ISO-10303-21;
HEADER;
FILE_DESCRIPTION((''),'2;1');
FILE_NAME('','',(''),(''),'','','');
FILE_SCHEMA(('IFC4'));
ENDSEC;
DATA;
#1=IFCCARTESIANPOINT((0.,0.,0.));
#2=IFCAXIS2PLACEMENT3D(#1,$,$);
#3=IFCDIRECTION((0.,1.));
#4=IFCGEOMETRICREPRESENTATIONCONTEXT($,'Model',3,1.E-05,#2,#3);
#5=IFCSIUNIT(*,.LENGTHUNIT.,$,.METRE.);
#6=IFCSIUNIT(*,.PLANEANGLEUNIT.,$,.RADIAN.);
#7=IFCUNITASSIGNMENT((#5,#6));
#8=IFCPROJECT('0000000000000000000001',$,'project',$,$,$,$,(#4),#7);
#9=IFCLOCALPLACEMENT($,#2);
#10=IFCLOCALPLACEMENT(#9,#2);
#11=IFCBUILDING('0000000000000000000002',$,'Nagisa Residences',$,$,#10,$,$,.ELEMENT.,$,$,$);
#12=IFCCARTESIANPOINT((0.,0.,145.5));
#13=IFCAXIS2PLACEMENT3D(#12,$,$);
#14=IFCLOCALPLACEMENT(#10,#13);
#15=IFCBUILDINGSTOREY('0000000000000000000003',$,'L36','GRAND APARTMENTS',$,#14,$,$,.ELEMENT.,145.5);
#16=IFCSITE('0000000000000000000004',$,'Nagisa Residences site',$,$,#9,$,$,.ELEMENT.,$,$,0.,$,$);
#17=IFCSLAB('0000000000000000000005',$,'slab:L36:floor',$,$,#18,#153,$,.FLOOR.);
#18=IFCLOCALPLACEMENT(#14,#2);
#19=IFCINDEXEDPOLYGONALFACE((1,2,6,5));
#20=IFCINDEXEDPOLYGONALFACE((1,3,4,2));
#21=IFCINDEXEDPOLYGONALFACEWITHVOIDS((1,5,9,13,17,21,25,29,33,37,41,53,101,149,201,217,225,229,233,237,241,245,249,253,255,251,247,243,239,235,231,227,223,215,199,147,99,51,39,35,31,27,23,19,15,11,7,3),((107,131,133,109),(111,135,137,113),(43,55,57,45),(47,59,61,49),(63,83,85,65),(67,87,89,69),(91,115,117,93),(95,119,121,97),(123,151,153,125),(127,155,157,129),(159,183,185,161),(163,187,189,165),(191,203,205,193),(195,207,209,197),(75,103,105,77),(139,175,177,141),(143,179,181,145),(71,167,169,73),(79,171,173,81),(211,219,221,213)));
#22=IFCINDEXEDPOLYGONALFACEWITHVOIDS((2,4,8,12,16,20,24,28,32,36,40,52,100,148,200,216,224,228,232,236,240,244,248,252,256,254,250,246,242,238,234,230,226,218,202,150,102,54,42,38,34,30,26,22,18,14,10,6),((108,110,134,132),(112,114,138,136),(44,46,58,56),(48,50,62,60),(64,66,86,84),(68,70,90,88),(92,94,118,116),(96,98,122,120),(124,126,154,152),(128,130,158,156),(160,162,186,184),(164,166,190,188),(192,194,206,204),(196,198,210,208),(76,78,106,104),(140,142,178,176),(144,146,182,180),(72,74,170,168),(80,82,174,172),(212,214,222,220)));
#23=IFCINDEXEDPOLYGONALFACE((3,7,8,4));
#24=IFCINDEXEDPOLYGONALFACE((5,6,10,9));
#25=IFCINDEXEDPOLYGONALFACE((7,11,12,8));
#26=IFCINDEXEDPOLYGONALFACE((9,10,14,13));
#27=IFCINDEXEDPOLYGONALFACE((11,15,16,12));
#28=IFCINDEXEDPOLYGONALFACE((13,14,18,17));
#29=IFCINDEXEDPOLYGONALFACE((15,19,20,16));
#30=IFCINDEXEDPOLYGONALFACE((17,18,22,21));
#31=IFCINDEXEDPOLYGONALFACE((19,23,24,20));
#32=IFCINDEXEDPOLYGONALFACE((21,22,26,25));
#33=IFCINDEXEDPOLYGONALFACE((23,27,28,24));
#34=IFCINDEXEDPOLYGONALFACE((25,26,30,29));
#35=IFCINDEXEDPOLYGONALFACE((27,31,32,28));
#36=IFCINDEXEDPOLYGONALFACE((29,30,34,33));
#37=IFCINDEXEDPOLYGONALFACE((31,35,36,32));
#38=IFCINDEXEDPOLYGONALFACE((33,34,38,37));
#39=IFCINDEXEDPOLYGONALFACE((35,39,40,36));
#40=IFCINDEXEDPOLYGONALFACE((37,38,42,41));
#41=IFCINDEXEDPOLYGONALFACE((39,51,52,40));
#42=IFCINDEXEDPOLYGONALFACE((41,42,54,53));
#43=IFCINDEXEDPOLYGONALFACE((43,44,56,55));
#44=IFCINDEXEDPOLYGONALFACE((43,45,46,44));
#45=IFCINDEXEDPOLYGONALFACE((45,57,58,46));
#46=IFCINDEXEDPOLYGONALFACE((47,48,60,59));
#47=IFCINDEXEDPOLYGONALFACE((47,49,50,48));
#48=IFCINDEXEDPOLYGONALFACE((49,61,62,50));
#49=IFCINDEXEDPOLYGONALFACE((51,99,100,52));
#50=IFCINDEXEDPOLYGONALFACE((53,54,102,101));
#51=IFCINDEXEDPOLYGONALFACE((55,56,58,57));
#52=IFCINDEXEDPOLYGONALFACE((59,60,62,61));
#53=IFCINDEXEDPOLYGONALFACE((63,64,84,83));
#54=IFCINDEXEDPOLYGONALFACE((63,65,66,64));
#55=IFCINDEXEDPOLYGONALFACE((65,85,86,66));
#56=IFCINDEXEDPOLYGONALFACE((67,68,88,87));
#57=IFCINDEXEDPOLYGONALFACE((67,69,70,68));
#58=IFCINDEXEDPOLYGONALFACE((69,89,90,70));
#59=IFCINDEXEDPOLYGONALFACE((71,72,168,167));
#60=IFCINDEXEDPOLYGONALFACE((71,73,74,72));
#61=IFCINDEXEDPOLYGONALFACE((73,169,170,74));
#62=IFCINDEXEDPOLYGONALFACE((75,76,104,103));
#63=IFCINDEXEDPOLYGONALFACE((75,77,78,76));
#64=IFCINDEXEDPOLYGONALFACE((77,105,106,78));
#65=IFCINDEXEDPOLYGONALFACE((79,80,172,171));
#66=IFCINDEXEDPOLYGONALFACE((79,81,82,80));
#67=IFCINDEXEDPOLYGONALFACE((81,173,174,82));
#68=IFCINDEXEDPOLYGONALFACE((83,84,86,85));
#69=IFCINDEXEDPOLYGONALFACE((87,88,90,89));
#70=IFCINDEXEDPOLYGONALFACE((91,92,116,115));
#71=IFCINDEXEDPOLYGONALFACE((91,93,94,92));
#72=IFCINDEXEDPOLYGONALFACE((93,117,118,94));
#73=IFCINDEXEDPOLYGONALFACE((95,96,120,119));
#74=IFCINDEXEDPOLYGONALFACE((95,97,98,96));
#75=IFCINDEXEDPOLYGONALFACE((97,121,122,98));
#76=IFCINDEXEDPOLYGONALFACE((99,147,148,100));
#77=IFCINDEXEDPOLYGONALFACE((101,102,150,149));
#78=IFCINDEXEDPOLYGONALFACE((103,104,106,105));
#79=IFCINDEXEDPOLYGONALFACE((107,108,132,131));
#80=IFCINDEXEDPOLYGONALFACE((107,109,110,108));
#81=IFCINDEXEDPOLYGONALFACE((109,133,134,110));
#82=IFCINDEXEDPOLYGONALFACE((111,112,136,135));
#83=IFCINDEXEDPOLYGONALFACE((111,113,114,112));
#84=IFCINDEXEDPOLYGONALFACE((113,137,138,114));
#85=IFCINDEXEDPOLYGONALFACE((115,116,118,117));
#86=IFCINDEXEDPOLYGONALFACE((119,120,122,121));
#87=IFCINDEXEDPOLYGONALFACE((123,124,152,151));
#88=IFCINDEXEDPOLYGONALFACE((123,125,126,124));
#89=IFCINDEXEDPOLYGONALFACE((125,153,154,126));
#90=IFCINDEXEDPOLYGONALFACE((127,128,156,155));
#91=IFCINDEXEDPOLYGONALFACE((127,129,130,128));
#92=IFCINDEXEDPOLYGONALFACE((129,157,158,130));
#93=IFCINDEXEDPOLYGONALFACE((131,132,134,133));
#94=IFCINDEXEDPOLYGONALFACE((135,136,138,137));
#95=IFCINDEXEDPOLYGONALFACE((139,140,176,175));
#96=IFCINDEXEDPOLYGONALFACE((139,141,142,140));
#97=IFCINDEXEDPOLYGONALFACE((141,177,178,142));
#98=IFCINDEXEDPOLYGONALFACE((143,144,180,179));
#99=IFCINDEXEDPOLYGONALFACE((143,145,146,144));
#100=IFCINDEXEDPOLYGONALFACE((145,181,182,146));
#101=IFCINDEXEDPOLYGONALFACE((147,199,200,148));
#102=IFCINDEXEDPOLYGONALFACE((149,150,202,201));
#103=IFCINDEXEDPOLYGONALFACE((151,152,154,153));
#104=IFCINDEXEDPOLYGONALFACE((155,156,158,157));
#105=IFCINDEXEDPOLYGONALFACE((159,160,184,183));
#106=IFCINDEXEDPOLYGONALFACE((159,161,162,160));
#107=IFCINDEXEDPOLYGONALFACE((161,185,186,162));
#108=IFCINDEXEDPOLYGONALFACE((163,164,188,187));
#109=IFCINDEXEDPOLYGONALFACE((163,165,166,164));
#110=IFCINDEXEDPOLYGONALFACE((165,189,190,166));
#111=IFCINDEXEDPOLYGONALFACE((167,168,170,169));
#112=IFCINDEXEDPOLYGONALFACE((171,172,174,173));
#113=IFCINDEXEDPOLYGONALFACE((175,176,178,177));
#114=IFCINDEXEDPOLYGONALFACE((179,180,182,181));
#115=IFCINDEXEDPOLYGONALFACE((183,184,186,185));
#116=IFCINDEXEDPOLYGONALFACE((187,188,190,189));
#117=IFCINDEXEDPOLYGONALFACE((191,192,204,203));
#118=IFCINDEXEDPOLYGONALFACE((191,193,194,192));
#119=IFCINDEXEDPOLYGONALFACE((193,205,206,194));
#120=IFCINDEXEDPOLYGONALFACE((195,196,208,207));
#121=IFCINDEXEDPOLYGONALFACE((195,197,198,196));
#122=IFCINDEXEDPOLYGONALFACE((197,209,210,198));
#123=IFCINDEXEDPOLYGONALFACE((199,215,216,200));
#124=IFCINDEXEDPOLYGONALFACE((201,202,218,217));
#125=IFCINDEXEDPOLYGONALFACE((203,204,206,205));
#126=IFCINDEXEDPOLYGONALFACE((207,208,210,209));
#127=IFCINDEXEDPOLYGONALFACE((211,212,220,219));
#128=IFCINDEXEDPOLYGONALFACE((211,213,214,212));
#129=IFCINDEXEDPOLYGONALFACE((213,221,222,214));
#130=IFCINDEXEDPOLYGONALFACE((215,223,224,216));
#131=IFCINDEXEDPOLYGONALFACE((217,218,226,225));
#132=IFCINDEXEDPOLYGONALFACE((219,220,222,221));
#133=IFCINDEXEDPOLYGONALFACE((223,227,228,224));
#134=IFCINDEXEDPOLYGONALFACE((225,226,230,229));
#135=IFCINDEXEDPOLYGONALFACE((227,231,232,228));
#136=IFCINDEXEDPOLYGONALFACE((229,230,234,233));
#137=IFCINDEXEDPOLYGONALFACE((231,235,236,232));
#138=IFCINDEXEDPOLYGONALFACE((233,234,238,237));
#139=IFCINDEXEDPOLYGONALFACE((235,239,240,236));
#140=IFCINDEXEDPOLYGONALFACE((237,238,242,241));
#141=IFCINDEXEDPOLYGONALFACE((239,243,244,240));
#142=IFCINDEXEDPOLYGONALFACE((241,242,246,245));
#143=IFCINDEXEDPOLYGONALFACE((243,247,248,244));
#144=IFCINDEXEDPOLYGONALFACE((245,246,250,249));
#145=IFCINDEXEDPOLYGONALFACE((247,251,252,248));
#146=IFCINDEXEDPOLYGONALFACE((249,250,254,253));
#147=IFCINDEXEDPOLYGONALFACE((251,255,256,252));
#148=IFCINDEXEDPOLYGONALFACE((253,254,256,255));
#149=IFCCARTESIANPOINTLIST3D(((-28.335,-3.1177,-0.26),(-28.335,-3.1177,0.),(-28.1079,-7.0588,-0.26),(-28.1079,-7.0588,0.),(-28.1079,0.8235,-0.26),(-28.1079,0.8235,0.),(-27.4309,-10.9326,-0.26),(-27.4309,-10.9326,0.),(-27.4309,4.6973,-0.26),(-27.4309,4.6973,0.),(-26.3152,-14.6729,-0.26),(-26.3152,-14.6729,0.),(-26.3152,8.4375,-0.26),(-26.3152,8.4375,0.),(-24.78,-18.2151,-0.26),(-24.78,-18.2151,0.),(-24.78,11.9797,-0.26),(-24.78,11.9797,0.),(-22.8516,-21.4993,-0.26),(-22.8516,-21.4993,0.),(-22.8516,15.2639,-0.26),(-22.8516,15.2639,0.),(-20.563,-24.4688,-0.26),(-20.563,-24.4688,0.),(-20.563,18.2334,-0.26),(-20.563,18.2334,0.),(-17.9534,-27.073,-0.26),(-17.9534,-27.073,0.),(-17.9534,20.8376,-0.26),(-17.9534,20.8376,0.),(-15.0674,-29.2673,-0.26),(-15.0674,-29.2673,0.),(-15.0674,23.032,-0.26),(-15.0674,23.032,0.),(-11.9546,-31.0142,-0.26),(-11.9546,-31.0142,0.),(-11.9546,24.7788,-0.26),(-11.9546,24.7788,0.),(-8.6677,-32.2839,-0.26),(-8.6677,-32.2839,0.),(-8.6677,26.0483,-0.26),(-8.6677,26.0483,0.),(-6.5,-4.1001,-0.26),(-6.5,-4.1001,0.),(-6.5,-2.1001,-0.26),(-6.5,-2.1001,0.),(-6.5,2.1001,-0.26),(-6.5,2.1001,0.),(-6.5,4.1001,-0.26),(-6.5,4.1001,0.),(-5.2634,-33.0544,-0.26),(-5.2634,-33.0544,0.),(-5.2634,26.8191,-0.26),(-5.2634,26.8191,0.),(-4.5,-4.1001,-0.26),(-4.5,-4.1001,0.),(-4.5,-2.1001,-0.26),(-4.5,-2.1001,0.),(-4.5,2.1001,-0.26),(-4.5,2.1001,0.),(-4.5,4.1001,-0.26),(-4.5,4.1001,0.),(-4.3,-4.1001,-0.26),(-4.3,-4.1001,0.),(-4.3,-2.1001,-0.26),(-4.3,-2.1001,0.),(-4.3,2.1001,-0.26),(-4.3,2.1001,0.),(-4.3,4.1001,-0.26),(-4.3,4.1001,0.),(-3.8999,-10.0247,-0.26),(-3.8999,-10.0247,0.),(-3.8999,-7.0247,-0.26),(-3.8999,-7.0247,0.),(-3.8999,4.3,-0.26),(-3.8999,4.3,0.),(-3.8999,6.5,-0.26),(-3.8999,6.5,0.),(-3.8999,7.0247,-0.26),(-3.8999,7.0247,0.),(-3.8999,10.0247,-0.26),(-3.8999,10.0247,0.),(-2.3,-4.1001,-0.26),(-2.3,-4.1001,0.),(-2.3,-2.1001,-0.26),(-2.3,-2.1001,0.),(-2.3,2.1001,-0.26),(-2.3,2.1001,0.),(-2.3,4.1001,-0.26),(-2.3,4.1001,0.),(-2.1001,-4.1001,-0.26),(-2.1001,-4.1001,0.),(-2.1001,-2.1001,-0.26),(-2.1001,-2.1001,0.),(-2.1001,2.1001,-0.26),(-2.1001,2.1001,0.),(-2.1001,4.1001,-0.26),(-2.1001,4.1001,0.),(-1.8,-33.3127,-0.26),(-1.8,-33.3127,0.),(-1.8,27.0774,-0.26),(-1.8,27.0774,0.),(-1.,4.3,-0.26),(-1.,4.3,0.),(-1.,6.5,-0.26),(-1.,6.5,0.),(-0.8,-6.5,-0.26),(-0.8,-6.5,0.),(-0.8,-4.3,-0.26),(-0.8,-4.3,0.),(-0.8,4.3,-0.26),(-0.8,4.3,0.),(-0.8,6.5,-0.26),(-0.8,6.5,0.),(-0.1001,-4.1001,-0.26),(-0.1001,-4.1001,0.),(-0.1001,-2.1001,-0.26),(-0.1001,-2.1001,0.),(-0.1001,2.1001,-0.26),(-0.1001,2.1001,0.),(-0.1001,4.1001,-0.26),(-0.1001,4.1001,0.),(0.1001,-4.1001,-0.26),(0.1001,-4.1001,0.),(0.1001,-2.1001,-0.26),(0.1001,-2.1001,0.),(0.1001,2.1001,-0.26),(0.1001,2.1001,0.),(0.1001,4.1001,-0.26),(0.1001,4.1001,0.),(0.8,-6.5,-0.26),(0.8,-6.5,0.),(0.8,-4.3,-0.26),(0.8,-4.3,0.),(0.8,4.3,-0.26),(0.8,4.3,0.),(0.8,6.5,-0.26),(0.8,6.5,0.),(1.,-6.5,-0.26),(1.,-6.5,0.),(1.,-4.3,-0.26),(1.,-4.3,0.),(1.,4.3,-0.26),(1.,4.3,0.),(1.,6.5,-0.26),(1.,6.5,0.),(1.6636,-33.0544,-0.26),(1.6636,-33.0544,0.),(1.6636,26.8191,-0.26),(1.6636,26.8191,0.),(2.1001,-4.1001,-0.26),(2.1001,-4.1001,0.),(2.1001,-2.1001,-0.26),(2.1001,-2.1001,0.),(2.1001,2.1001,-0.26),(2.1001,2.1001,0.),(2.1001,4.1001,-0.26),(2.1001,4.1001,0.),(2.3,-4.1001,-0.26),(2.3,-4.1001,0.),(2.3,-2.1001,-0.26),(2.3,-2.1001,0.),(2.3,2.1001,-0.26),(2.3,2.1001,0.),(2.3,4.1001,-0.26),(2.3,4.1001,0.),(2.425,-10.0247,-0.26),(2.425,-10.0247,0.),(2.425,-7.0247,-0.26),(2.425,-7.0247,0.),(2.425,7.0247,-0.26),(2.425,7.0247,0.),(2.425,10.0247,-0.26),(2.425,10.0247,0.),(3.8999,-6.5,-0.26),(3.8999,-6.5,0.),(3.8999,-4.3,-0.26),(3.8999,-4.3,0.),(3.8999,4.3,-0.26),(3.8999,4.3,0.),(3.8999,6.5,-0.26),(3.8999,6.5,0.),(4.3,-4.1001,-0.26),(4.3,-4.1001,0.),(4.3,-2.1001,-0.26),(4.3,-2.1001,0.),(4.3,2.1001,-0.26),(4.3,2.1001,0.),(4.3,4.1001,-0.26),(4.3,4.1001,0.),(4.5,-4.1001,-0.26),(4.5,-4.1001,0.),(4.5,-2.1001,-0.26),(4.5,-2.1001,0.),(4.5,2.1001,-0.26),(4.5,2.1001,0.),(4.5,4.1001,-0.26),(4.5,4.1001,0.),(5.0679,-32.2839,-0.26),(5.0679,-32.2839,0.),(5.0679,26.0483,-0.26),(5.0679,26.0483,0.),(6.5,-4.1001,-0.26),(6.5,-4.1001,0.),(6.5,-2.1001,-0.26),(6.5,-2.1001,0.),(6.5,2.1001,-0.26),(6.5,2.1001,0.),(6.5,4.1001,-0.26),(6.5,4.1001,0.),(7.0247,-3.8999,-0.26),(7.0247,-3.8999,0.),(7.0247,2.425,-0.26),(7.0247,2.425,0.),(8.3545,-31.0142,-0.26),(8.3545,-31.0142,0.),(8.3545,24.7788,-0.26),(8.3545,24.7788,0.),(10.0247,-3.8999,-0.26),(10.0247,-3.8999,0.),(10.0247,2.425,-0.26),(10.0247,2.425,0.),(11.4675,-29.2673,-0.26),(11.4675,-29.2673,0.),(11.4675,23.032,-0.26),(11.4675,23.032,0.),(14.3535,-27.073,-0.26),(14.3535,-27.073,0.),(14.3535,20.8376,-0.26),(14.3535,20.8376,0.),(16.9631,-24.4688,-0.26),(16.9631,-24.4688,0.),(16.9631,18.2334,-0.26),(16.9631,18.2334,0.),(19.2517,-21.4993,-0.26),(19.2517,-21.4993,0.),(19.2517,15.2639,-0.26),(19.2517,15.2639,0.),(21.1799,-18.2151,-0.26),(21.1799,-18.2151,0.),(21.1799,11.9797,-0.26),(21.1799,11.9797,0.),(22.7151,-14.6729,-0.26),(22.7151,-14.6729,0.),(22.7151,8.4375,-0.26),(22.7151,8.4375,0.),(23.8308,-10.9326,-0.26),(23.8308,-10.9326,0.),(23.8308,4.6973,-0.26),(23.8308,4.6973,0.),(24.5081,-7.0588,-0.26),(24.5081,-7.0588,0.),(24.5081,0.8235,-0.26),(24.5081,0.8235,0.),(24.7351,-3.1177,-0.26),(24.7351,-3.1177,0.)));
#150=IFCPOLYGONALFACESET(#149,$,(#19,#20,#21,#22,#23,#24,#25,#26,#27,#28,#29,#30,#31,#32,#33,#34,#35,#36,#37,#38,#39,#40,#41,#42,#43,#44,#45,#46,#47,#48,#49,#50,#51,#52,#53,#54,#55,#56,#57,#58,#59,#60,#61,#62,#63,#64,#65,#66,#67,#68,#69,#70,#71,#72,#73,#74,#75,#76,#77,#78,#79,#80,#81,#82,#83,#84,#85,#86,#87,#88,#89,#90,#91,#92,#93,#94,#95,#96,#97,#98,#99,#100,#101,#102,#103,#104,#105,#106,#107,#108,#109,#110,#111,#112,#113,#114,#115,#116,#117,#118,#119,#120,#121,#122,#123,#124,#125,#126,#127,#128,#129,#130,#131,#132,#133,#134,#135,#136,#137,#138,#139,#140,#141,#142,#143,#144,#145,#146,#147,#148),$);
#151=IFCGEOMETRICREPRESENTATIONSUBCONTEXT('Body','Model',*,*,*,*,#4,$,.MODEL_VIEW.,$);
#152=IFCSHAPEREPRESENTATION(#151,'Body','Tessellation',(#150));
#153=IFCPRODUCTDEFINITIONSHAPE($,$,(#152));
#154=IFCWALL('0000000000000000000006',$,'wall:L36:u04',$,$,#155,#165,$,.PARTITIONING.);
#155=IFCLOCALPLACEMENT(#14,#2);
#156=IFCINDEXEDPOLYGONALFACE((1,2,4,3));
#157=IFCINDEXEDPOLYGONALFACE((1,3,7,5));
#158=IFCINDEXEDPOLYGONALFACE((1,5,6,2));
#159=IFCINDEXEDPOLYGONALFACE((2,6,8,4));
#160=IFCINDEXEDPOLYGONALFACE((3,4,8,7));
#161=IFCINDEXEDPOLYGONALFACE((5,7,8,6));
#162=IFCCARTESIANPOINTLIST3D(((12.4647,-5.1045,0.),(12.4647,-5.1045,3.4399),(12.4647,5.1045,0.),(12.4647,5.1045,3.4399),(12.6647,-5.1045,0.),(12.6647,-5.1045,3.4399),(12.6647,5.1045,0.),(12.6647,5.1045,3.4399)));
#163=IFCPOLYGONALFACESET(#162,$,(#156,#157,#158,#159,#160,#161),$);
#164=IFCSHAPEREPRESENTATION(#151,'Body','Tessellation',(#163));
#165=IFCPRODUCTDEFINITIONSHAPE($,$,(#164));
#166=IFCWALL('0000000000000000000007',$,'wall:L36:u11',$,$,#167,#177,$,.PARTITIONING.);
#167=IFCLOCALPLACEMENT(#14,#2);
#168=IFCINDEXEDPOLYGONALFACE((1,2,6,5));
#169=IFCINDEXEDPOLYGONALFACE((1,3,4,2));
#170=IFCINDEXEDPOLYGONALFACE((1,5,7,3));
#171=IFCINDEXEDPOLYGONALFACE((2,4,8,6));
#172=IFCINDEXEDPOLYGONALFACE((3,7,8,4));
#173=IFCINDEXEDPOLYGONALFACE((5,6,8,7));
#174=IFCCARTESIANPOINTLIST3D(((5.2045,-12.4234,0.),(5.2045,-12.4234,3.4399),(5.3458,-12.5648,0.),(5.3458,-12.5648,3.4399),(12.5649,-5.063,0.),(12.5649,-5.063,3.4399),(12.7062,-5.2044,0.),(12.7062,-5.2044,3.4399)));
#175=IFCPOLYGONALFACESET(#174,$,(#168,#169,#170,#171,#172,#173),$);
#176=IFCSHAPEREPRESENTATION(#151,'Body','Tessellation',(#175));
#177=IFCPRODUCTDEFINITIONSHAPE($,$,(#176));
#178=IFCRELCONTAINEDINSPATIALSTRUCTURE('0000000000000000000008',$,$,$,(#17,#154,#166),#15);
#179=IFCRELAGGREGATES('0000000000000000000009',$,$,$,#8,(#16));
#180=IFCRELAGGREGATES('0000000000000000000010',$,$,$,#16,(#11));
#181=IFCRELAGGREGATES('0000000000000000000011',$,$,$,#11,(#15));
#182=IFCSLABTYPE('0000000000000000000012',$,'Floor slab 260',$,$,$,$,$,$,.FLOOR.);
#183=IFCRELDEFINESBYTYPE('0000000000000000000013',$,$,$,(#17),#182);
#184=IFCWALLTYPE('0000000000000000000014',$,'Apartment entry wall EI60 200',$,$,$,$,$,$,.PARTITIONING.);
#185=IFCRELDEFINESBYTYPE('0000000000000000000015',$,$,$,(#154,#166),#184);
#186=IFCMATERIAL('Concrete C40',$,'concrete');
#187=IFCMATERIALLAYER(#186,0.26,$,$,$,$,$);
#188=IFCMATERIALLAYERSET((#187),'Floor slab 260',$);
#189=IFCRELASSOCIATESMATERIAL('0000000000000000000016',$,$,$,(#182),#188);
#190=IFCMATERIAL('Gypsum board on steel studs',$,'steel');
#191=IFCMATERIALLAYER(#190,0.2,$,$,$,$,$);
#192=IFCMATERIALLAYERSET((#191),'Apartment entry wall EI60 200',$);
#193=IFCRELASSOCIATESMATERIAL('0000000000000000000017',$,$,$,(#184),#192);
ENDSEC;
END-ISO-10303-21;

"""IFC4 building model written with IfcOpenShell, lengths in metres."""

from ifc_helpers import new_model, si_unit, direction, frame, frame_2d, origin, place, context, subcontext, project, spatial, polyline, rectangle, outline, extrude, material, layer, layer_set, type_object, element, save


model = new_model("IFC4")

# Units and contexts
model_context = context("Model", 3, precision=1e-05, world=origin(), true_north=direction((0.0, 1.0)))
body_context = subcontext(model_context, "Body", "Model", "MODEL_VIEW")
ifc_project = project(units=[si_unit("LENGTHUNIT", "METRE"), si_unit("PLANEANGLEUNIT", "RADIAN")], contexts=[model_context])

# Site, building, storey
site_placement = place(None, origin())
site = spatial("IfcSite", under=ifc_project, at=site_placement, Name="Nagisa Residences site", CompositionType="ELEMENT", RefElevation=0.0)
building_placement = place(site_placement, origin())
building = spatial("IfcBuilding", under=site, at=building_placement, Name="Nagisa Residences", CompositionType="ELEMENT")
storey_placement = place(building_placement, frame((0.0, 0.0, 145.5)))
storey = spatial("IfcBuildingStorey", under=building, at=storey_placement, Name="L36", Description="GRAND APARTMENTS", CompositionType="ELEMENT", Elevation=145.5)

# Slab
ifc_material_1 = material(Name="Concrete C40", Category="concrete")
ifc_layer_1 = layer(ifc_material_1, 0.26)
ifc_layer_set_1 = layer_set([ifc_layer_1], Name="Floor slab 260")
slab_type_1 = type_object("IfcSlabType", Name="Floor slab 260", PredefinedType="FLOOR", material=ifc_layer_set_1)
slab_1_placement = place(storey_placement, frame((0.0, 0.0, -0.26)))
element("IfcSlab", 1, at=slab_1_placement, inside=storey, type_object=slab_type_1, Name="slab:L36:floor", PredefinedType="FLOOR", context=body_context, shape_type="SweptSolid", body=[
    extrude(outline(polyline([(24.7351, -3.1177), (24.5081, 0.8235), (23.8308, 4.6973), (22.7151, 8.4375), (21.1799, 11.9797), (19.2517, 15.2639), (16.9631, 18.2334), (14.3535, 20.8376), (11.4675, 23.032), (8.3545, 24.7788), (5.0679, 26.0483), (1.6636, 26.8191), (-1.8, 27.0774), (-5.2634, 26.8191), (-8.6677, 26.0483), (-11.9546, 24.7788), (-15.0674, 23.032), (-17.9534, 20.8376), (-20.563, 18.2334), (-22.8516, 15.2639), (-24.78, 11.9797), (-26.3152, 8.4375), (-27.4309, 4.6973), (-28.1079, 0.8235), (-28.335, -3.1177), (-28.1079, -7.0588), (-27.4309, -10.9326), (-26.3152, -14.6729), (-24.78, -18.2151), (-22.8516, -21.4993), (-20.563, -24.4688), (-17.9534, -27.073), (-15.0674, -29.2673), (-11.9546, -31.0142), (-8.6677, -32.2839), (-5.2634, -33.0544), (-1.8, -33.3127), (1.6636, -33.0544), (5.0679, -32.2839), (8.3545, -31.0142), (11.4675, -29.2673), (14.3535, -27.073), (16.9631, -24.4688), (19.2517, -21.4993), (21.1799, -18.2151), (22.7151, -14.6729), (23.8308, -10.9326), (24.5081, -7.0588), (24.7351, -3.1177)]), holes=[polyline([(-4.5, 2.1001), (-4.5, 4.1001), (-6.5, 4.1001), (-6.5, 2.1001), (-4.5, 2.1001)]), polyline([(-2.3, 2.1001), (-2.3, 4.1001), (-4.3, 4.1001), (-4.3, 2.1001), (-2.3, 2.1001)]), polyline([(-0.1001, 2.1001), (-0.1001, 4.1001), (-2.1001, 4.1001), (-2.1001, 2.1001), (-0.1001, 2.1001)]), polyline([(2.1001, 2.1001), (2.1001, 4.1001), (0.1001, 4.1001), (0.1001, 2.1001), (2.1001, 2.1001)]), polyline([(4.3, 2.1001), (4.3, 4.1001), (2.3, 4.1001), (2.3, 2.1001), (4.3, 2.1001)]), polyline([(6.5, 2.1001), (6.5, 4.1001), (4.5, 4.1001), (4.5, 2.1001), (6.5, 2.1001)]), polyline([(-4.5, -4.1001), (-4.5, -2.1001), (-6.5, -2.1001), (-6.5, -4.1001), (-4.5, -4.1001)]), polyline([(-2.3, -4.1001), (-2.3, -2.1001), (-4.3, -2.1001), (-4.3, -4.1001), (-2.3, -4.1001)]), polyline([(-0.1001, -4.1001), (-0.1001, -2.1001), (-2.1001, -2.1001), (-2.1001, -4.1001), (-0.1001, -4.1001)]), polyline([(2.1001, -4.1001), (2.1001, -2.1001), (0.1001, -2.1001), (0.1001, -4.1001), (2.1001, -4.1001)]), polyline([(4.3, -4.1001), (4.3, -2.1001), (2.3, -2.1001), (2.3, -4.1001), (4.3, -4.1001)]), polyline([(6.5, -4.1001), (6.5, -2.1001), (4.5, -2.1001), (4.5, -4.1001), (6.5, -4.1001)]), polyline([(3.8999, 4.3), (3.8999, 6.5), (1.0, 6.5), (1.0, 4.3), (3.8999, 4.3)]), polyline([(3.8999, -6.5), (3.8999, -4.3), (1.0, -4.3), (1.0, -6.5), (3.8999, -6.5)]), polyline([(-1.0, 4.3), (-1.0, 6.5), (-3.8999, 6.5), (-3.8999, 4.3), (-1.0, 4.3)]), polyline([(0.8, 4.3), (0.8, 6.5), (-0.8, 6.5), (-0.8, 4.3), (0.8, 4.3)]), polyline([(0.8, -6.5), (0.8, -4.3), (-0.8, -4.3), (-0.8, -6.5), (0.8, -6.5)]), polyline([(10.0247, -3.8999), (7.0247, -3.8999), (7.0247, 2.425), (10.0247, 2.425), (10.0247, -3.8999)]), polyline([(-3.8999, 7.0247), (-3.8999, 10.0247), (2.425, 10.0247), (2.425, 7.0247), (-3.8999, 7.0247)]), polyline([(-3.8999, -10.0247), (-3.8999, -7.0247), (2.425, -7.0247), (2.425, -10.0247), (-3.8999, -10.0247)])]), origin(), (0.0, 0.0, 1.0), 0.26),
])

# Walls
ifc_material_2 = material(Name="Gypsum board on steel studs", Category="steel")
ifc_layer_2 = layer(ifc_material_2, 0.2)
ifc_layer_set_2 = layer_set([ifc_layer_2], Name="Apartment entry wall EI60 200")
wall_type_1 = type_object("IfcWallType", Name="Apartment entry wall EI60 200", PredefinedType="PARTITIONING", material=ifc_layer_set_2)
wall_1_placement = place(storey_placement, frame((12.5647, -5.1045, 0.0), z_axis=(0.0, 0.0, 1.0), x_axis=(0.0, 1.0, 0.0)))
element("IfcWall", 2, at=wall_1_placement, inside=storey, type_object=wall_type_1, Name="wall:L36:u04", PredefinedType="PARTITIONING", context=body_context, shape_type="SweptSolid", body=[
    extrude(rectangle(XDim=10.209, YDim=0.2, at=frame_2d((5.1045, 0.0))), origin(), (0.0, 0.0, 1.0), 3.4399),
])
wall_2_placement = place(storey_placement, frame((5.2751, -12.4941, 0.0), z_axis=(0.0, 0.0, 1.0), x_axis=(0.707107, 0.707107, 0.0)))
element("IfcWall", 3, at=wall_2_placement, inside=storey, type_object=wall_type_1, Name="wall:L36:u11", PredefinedType="PARTITIONING", context=body_context, shape_type="SweptSolid", body=[
    extrude(rectangle(XDim=10.4092, YDim=0.2, at=frame_2d((5.2046, 0.0))), origin(), (0.0, 0.0, 1.0), 3.4399),
])

save(model, "model.ifc")
